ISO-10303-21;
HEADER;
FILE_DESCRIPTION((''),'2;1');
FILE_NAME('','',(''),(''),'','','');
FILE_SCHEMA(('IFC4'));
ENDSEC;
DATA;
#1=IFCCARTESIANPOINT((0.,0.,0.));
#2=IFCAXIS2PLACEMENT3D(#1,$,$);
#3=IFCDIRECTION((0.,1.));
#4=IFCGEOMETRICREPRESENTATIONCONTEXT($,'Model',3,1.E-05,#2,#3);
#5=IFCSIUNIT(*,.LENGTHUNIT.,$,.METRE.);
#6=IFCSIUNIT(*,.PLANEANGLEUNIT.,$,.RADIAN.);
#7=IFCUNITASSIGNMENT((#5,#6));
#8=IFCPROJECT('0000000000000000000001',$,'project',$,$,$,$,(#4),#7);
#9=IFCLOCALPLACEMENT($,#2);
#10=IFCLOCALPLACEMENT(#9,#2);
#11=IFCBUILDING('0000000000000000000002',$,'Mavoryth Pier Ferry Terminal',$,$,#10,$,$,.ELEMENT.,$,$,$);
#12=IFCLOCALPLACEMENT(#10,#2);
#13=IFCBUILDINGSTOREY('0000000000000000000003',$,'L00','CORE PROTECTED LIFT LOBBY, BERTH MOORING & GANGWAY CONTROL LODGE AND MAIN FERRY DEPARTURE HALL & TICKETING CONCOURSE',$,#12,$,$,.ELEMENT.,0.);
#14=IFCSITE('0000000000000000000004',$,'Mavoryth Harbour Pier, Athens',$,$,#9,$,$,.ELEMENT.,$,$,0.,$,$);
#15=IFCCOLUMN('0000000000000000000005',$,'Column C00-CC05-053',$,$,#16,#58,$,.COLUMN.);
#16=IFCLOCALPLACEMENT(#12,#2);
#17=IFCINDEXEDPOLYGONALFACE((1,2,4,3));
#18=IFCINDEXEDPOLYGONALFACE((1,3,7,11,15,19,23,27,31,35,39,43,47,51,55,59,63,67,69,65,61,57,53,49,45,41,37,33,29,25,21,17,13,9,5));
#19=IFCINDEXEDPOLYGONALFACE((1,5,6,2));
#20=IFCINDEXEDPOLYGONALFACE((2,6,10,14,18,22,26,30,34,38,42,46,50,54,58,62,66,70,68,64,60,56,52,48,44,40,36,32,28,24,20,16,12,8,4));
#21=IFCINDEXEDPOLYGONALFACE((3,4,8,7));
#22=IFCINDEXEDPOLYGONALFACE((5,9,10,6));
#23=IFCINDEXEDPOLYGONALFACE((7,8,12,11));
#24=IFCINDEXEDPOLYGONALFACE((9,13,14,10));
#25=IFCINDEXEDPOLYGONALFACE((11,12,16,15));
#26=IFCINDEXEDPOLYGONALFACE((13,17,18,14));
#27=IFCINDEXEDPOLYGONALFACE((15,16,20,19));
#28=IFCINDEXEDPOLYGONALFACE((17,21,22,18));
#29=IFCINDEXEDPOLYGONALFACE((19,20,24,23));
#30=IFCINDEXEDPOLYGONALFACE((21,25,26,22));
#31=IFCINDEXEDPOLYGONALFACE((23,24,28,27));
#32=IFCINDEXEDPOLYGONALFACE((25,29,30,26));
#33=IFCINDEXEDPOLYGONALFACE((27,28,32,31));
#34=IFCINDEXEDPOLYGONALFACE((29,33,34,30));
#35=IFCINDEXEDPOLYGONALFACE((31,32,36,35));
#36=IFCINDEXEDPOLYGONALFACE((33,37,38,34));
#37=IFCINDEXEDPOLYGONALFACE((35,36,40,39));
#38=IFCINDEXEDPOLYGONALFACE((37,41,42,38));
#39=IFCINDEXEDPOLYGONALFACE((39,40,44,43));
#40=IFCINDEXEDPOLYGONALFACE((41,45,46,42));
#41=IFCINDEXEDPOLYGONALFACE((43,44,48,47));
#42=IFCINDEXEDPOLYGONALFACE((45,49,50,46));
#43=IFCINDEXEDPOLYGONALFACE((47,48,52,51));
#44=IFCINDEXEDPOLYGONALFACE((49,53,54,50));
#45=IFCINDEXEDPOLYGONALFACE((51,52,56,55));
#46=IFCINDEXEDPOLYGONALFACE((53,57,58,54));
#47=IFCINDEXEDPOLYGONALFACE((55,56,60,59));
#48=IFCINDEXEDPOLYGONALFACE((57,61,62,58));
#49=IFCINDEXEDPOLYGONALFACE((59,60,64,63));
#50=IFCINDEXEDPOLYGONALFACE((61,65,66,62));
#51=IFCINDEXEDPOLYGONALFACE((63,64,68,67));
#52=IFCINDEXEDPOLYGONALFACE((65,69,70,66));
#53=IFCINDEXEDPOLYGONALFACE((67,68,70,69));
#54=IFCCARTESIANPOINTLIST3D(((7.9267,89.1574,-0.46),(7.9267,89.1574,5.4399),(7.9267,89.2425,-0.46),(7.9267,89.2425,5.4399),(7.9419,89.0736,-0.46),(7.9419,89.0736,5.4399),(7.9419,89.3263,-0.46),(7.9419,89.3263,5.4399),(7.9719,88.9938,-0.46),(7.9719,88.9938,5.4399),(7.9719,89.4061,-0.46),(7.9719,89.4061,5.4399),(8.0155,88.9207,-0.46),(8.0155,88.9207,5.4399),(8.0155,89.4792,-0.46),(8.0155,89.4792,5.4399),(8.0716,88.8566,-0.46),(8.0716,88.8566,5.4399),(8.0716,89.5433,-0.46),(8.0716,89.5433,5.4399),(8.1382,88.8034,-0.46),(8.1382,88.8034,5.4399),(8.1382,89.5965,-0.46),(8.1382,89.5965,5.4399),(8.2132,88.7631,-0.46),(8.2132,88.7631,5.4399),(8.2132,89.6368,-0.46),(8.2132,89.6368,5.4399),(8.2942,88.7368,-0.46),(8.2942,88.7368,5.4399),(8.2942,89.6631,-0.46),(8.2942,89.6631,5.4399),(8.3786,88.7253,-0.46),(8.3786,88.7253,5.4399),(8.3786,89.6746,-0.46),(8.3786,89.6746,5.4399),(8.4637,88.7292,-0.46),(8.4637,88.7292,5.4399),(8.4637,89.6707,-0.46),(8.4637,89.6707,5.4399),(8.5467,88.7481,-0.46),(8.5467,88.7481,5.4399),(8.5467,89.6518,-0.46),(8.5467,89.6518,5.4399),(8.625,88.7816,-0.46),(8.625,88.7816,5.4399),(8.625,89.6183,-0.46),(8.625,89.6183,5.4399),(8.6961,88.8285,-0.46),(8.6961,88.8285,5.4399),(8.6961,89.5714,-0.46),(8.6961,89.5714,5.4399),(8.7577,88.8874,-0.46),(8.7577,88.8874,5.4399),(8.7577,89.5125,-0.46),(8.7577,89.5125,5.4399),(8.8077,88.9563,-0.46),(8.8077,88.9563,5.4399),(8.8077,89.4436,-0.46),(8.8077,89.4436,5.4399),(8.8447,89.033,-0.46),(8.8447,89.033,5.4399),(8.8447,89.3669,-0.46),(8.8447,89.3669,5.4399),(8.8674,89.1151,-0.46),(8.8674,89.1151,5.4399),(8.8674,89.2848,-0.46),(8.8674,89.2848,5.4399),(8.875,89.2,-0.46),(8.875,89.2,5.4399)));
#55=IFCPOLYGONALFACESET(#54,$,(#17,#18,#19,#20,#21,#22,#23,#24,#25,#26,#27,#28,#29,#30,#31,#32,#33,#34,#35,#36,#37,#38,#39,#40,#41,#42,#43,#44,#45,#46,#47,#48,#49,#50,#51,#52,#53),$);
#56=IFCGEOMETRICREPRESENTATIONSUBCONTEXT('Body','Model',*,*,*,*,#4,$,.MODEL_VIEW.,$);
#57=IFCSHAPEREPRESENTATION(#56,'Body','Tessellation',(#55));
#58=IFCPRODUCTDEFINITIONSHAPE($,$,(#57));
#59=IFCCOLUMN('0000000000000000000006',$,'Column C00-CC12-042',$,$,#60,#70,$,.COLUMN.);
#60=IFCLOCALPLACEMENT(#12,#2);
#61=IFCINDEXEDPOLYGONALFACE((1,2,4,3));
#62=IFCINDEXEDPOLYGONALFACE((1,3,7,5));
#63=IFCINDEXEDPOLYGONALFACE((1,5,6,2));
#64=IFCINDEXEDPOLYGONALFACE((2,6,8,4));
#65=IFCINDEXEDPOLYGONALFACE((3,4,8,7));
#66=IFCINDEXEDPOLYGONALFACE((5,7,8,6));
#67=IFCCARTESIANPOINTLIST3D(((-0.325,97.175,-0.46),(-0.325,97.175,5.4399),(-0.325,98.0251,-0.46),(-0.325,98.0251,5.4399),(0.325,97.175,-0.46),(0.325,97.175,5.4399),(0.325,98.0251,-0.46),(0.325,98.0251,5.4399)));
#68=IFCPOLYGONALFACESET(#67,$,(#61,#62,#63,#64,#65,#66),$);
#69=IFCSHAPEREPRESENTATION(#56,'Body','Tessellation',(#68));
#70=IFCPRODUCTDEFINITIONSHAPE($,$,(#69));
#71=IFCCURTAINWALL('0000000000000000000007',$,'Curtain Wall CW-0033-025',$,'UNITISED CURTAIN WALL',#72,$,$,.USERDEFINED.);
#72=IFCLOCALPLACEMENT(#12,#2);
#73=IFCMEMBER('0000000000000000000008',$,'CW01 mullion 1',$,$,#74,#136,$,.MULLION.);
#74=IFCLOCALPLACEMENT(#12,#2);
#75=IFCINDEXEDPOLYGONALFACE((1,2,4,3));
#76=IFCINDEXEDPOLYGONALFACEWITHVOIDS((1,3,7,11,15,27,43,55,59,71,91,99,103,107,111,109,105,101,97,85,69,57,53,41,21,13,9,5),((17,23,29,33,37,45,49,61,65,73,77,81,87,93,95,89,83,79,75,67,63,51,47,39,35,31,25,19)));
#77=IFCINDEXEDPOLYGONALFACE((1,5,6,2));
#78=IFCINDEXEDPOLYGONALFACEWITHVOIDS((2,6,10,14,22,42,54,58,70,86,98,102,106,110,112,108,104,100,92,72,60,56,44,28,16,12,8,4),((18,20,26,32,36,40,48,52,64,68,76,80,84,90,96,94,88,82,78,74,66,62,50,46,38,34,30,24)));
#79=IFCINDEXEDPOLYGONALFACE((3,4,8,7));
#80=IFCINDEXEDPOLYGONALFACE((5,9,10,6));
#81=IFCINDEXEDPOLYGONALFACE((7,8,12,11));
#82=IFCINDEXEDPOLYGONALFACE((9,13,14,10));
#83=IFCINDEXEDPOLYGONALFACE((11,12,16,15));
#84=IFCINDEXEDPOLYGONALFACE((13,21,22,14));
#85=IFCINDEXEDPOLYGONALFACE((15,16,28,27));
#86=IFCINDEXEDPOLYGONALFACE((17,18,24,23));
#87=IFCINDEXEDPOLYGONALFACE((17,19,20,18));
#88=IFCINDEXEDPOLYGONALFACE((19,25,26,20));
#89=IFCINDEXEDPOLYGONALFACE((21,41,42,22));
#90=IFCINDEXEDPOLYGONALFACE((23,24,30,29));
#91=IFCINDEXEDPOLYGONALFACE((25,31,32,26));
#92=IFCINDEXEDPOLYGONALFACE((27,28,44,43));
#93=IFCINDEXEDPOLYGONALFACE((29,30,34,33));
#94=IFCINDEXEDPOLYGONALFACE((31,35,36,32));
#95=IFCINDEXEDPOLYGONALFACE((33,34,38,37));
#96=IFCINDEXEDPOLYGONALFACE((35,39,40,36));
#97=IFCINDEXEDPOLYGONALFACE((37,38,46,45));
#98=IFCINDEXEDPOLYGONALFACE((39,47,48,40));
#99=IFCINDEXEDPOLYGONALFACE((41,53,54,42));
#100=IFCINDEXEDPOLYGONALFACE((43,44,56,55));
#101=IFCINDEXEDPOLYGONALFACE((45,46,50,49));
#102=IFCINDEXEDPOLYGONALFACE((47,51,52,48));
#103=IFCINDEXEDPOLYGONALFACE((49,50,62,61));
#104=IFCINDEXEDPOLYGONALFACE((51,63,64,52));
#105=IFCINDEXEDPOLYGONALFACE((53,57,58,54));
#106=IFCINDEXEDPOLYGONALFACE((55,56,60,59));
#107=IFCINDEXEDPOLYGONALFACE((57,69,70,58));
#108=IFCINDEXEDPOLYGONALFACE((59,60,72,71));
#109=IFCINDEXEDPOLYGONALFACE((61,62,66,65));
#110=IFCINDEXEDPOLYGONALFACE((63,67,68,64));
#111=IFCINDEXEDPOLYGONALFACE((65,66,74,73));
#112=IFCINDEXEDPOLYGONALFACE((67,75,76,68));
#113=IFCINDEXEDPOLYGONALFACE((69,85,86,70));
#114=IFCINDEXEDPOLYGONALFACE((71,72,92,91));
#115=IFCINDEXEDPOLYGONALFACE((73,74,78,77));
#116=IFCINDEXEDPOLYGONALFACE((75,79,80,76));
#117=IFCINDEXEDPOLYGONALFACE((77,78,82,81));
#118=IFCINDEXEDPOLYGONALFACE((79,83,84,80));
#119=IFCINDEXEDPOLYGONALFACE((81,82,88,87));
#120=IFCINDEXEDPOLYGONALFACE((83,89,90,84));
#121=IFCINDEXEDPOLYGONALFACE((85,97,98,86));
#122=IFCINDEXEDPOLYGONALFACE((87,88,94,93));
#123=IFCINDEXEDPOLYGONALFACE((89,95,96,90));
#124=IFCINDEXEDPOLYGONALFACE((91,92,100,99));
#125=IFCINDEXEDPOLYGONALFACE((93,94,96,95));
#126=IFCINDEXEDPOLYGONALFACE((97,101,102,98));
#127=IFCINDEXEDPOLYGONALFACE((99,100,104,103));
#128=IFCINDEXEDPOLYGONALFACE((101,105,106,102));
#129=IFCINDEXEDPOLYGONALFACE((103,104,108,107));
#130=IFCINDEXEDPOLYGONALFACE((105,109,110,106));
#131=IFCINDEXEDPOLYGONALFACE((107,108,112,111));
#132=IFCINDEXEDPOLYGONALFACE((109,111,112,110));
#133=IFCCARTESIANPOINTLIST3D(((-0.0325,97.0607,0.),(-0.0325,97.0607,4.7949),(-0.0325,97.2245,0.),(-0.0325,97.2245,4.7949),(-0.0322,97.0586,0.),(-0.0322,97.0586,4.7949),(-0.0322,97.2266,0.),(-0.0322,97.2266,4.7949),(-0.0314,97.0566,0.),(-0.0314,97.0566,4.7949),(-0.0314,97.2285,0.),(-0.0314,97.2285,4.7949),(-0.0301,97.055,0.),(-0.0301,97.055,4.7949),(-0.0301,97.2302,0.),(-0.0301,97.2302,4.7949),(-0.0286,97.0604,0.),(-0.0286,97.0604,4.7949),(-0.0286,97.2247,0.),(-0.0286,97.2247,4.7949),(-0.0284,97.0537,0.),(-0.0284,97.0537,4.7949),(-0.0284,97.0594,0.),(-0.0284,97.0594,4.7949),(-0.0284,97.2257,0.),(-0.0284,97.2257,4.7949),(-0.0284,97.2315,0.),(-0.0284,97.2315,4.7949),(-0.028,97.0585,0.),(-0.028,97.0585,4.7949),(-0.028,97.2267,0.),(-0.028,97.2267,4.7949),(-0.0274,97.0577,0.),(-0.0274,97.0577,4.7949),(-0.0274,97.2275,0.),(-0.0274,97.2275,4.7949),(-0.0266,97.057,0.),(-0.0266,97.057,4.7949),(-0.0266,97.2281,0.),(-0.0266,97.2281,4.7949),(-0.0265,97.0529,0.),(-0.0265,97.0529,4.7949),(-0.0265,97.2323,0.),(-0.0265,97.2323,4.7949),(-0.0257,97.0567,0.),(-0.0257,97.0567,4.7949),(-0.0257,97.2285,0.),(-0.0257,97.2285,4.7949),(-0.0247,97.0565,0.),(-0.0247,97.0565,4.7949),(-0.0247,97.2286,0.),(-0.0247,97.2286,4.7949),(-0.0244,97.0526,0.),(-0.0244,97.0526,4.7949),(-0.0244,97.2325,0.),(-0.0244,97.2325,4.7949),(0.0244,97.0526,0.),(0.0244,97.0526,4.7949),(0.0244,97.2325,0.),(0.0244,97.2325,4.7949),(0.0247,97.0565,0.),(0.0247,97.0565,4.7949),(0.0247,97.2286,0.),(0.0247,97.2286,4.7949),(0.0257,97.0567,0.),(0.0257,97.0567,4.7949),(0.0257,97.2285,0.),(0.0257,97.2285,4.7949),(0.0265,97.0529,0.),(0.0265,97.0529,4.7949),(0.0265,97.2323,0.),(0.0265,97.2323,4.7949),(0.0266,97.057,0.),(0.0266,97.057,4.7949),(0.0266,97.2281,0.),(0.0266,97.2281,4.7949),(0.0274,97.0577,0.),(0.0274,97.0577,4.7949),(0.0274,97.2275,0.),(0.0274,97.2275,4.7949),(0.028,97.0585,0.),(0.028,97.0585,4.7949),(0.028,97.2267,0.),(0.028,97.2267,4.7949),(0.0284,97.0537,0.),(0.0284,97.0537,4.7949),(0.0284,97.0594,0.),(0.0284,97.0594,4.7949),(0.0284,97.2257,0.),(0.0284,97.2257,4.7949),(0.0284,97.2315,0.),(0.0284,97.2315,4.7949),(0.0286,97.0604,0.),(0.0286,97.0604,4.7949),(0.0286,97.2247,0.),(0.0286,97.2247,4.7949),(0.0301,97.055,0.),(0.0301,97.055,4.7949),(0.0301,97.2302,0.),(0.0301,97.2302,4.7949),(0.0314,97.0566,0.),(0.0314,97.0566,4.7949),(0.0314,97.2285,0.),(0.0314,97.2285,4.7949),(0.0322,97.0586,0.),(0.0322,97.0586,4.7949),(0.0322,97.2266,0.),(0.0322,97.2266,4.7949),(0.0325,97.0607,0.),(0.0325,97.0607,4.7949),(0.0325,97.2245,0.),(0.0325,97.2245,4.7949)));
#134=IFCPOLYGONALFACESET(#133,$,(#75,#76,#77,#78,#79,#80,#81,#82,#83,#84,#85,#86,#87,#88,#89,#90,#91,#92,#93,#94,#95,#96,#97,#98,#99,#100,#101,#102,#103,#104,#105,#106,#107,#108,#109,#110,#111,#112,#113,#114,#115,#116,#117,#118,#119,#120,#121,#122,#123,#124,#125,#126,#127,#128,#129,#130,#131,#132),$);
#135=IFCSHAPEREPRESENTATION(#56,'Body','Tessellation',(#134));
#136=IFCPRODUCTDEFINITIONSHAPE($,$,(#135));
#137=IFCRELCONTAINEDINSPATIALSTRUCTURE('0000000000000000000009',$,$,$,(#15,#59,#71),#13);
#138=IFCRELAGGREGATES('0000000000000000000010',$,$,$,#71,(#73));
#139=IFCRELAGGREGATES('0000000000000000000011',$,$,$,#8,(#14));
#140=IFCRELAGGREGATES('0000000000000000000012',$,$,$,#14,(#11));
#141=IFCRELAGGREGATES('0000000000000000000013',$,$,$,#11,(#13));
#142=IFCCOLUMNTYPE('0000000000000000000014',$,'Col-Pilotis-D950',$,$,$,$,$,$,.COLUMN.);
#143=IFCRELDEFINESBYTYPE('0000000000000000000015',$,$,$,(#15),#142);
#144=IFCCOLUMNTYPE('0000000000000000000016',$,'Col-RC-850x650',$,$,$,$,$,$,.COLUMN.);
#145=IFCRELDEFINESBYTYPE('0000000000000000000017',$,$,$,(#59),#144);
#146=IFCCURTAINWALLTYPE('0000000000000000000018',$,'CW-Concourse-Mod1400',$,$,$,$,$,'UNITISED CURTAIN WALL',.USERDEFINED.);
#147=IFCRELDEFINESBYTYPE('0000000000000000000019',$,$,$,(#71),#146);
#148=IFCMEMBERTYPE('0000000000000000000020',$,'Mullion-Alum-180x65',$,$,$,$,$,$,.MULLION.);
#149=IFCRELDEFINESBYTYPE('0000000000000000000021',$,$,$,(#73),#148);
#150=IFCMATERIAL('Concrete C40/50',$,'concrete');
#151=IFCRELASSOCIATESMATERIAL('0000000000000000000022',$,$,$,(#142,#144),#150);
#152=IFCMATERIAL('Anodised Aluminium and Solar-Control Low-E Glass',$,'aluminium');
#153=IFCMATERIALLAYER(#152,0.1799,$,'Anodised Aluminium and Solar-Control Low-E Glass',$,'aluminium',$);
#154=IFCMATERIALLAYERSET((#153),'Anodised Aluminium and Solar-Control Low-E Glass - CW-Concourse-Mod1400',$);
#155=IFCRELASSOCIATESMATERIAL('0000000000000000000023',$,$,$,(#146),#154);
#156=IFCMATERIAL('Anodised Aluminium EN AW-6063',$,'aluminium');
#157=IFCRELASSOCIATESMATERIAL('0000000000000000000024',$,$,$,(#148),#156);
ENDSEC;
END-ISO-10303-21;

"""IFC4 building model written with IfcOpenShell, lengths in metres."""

from ifc_helpers import new_model, si_unit, direction, frame, origin, origin_2d, place, context, subcontext, project, spatial, rectangle, hollow_rectangle, circle, extrude, material, layer, layer_set, material_profile, profile_set, type_object, element, aggregate, save


model = new_model("IFC4")

# Units and contexts
model_context = context("Model", 3, precision=1e-05, world=origin(), true_north=direction((0.0, 1.0)))
body_context = subcontext(model_context, "Body", "Model", "MODEL_VIEW")
ifc_project = project(units=[si_unit("LENGTHUNIT", "METRE"), si_unit("PLANEANGLEUNIT", "RADIAN")], contexts=[model_context])

# Site, building, storey
site_placement = place(None, origin())
site = spatial("IfcSite", under=ifc_project, at=site_placement, Name="Mavoryth Harbour Pier, Athens", CompositionType="ELEMENT", RefElevation=0.0)
building_placement = place(site_placement, origin())
building = spatial("IfcBuilding", under=site, at=building_placement, Name="Mavoryth Pier Ferry Terminal", CompositionType="ELEMENT")
storey_placement = place(building_placement, origin())
storey = spatial("IfcBuildingStorey", under=building, at=storey_placement, Name="L00", Description="CORE PROTECTED LIFT LOBBY, BERTH MOORING & GANGWAY CONTROL LODGE AND MAIN FERRY DEPARTURE HALL & TICKETING CONCOURSE", CompositionType="ELEMENT", Elevation=0.0)

# Columns
ifc_material_1 = material(Name="Concrete C40/50", Category="concrete")
ifc_material_profile_1 = material_profile(ifc_material_1, circle(Radius=0.4751, at=origin_2d()), Name="RC D950", Category="concrete")
ifc_profile_set_1 = profile_set([ifc_material_profile_1], Name="Concrete C40/50 - RC D950")
column_type_1 = type_object("IfcColumnType", Name="Col-Pilotis-D950", PredefinedType="COLUMN", material=ifc_profile_set_1)
column_1_placement = place(storey_placement, frame((8.3999, 89.2, -0.46), z_axis=(0.0, 0.0, 1.0), x_axis=(1.0, 0.0, 0.0)))
element("IfcColumn", 1, at=column_1_placement, inside=storey, type_object=column_type_1, Name="Column C00-CC05-053", PredefinedType="COLUMN", context=body_context, shape_type="SweptSolid", body=[
    extrude(circle(Radius=0.4751, at=origin_2d()), origin(), (0.0, 0.0, 1.0), 5.8999),
])
ifc_material_profile_2 = material_profile(ifc_material_1, rectangle(XDim=0.6499, YDim=0.8501, at=origin_2d()), Name="RC 850x650", Category="concrete")
ifc_profile_set_2 = profile_set([ifc_material_profile_2], Name="Concrete C40/50 - RC 850x650")
column_type_2 = type_object("IfcColumnType", Name="Col-RC-850x650", PredefinedType="COLUMN", material=ifc_profile_set_2)
column_2_placement = place(storey_placement, frame((0.0, 97.6001, -0.46), z_axis=(0.0, 0.0, 1.0), x_axis=(1.0, 0.0, 0.0)))
element("IfcColumn", 2, at=column_2_placement, inside=storey, type_object=column_type_2, Name="Column C00-CC12-042", PredefinedType="COLUMN", context=body_context, shape_type="SweptSolid", body=[
    extrude(rectangle(XDim=0.6499, YDim=0.8501, at=origin_2d()), origin(), (0.0, 0.0, 1.0), 5.8999),
])

# Curtain wall, member
ifc_material_2 = material(Name="Anodised Aluminium and Solar-Control Low-E Glass", Category="aluminium")
ifc_layer_1 = layer(ifc_material_2, 0.1799, Name="Anodised Aluminium and Solar-Control Low-E Glass", Category="aluminium")
ifc_layer_set_1 = layer_set([ifc_layer_1], Name="Anodised Aluminium and Solar-Control Low-E Glass - CW-Concourse-Mod1400")
curtain_wall_type = type_object("IfcCurtainWallType", Name="CW-Concourse-Mod1400", ElementType="UNITISED CURTAIN WALL", PredefinedType="USERDEFINED", material=ifc_layer_set_1)
curtain_wall_1_placement = place(storey_placement, origin())
curtain_wall_1 = element("IfcCurtainWall", 3, at=curtain_wall_1_placement, inside=storey, type_object=curtain_wall_type, Name="Curtain Wall CW-0033-025", ObjectType="UNITISED CURTAIN WALL", PredefinedType="USERDEFINED")
ifc_material_3 = material(Name="Anodised Aluminium EN AW-6063", Category="aluminium")
ifc_material_profile_3 = material_profile(ifc_material_3, hollow_rectangle(XDim=0.0649, YDim=0.1799, WallThickness=0.0039, InnerFilletRadius=0.0039, OuterFilletRadius=0.0081, at=origin_2d()), Name="AL-MULL 180x65x4", Category="aluminium")
ifc_profile_set_3 = profile_set([ifc_material_profile_3], Name="Anodised Aluminium EN AW-6063 - AL-MULL 180x65x4")
member_type_1 = type_object("IfcMemberType", Name="Mullion-Alum-180x65", PredefinedType="MULLION", material=ifc_profile_set_3)
member_1_placement = place(storey_placement, frame((0.0, 97.1426, 0.0), z_axis=(0.0, 0.0, 1.0), x_axis=(1.0, 0.0, 0.0)))
member_1 = element("IfcMember", 4, at=member_1_placement, type_object=member_type_1, Name="CW01 mullion 1", PredefinedType="MULLION", context=body_context, shape_type="SweptSolid", body=[
    extrude(hollow_rectangle(XDim=0.0649, YDim=0.1799, WallThickness=0.0039, InnerFilletRadius=0.0039, OuterFilletRadius=0.0081, at=origin_2d()), origin(), (0.0, 0.0, 1.0), 4.7949),
])

aggregate(curtain_wall_1, [member_1])

save(model, "model.ifc")
